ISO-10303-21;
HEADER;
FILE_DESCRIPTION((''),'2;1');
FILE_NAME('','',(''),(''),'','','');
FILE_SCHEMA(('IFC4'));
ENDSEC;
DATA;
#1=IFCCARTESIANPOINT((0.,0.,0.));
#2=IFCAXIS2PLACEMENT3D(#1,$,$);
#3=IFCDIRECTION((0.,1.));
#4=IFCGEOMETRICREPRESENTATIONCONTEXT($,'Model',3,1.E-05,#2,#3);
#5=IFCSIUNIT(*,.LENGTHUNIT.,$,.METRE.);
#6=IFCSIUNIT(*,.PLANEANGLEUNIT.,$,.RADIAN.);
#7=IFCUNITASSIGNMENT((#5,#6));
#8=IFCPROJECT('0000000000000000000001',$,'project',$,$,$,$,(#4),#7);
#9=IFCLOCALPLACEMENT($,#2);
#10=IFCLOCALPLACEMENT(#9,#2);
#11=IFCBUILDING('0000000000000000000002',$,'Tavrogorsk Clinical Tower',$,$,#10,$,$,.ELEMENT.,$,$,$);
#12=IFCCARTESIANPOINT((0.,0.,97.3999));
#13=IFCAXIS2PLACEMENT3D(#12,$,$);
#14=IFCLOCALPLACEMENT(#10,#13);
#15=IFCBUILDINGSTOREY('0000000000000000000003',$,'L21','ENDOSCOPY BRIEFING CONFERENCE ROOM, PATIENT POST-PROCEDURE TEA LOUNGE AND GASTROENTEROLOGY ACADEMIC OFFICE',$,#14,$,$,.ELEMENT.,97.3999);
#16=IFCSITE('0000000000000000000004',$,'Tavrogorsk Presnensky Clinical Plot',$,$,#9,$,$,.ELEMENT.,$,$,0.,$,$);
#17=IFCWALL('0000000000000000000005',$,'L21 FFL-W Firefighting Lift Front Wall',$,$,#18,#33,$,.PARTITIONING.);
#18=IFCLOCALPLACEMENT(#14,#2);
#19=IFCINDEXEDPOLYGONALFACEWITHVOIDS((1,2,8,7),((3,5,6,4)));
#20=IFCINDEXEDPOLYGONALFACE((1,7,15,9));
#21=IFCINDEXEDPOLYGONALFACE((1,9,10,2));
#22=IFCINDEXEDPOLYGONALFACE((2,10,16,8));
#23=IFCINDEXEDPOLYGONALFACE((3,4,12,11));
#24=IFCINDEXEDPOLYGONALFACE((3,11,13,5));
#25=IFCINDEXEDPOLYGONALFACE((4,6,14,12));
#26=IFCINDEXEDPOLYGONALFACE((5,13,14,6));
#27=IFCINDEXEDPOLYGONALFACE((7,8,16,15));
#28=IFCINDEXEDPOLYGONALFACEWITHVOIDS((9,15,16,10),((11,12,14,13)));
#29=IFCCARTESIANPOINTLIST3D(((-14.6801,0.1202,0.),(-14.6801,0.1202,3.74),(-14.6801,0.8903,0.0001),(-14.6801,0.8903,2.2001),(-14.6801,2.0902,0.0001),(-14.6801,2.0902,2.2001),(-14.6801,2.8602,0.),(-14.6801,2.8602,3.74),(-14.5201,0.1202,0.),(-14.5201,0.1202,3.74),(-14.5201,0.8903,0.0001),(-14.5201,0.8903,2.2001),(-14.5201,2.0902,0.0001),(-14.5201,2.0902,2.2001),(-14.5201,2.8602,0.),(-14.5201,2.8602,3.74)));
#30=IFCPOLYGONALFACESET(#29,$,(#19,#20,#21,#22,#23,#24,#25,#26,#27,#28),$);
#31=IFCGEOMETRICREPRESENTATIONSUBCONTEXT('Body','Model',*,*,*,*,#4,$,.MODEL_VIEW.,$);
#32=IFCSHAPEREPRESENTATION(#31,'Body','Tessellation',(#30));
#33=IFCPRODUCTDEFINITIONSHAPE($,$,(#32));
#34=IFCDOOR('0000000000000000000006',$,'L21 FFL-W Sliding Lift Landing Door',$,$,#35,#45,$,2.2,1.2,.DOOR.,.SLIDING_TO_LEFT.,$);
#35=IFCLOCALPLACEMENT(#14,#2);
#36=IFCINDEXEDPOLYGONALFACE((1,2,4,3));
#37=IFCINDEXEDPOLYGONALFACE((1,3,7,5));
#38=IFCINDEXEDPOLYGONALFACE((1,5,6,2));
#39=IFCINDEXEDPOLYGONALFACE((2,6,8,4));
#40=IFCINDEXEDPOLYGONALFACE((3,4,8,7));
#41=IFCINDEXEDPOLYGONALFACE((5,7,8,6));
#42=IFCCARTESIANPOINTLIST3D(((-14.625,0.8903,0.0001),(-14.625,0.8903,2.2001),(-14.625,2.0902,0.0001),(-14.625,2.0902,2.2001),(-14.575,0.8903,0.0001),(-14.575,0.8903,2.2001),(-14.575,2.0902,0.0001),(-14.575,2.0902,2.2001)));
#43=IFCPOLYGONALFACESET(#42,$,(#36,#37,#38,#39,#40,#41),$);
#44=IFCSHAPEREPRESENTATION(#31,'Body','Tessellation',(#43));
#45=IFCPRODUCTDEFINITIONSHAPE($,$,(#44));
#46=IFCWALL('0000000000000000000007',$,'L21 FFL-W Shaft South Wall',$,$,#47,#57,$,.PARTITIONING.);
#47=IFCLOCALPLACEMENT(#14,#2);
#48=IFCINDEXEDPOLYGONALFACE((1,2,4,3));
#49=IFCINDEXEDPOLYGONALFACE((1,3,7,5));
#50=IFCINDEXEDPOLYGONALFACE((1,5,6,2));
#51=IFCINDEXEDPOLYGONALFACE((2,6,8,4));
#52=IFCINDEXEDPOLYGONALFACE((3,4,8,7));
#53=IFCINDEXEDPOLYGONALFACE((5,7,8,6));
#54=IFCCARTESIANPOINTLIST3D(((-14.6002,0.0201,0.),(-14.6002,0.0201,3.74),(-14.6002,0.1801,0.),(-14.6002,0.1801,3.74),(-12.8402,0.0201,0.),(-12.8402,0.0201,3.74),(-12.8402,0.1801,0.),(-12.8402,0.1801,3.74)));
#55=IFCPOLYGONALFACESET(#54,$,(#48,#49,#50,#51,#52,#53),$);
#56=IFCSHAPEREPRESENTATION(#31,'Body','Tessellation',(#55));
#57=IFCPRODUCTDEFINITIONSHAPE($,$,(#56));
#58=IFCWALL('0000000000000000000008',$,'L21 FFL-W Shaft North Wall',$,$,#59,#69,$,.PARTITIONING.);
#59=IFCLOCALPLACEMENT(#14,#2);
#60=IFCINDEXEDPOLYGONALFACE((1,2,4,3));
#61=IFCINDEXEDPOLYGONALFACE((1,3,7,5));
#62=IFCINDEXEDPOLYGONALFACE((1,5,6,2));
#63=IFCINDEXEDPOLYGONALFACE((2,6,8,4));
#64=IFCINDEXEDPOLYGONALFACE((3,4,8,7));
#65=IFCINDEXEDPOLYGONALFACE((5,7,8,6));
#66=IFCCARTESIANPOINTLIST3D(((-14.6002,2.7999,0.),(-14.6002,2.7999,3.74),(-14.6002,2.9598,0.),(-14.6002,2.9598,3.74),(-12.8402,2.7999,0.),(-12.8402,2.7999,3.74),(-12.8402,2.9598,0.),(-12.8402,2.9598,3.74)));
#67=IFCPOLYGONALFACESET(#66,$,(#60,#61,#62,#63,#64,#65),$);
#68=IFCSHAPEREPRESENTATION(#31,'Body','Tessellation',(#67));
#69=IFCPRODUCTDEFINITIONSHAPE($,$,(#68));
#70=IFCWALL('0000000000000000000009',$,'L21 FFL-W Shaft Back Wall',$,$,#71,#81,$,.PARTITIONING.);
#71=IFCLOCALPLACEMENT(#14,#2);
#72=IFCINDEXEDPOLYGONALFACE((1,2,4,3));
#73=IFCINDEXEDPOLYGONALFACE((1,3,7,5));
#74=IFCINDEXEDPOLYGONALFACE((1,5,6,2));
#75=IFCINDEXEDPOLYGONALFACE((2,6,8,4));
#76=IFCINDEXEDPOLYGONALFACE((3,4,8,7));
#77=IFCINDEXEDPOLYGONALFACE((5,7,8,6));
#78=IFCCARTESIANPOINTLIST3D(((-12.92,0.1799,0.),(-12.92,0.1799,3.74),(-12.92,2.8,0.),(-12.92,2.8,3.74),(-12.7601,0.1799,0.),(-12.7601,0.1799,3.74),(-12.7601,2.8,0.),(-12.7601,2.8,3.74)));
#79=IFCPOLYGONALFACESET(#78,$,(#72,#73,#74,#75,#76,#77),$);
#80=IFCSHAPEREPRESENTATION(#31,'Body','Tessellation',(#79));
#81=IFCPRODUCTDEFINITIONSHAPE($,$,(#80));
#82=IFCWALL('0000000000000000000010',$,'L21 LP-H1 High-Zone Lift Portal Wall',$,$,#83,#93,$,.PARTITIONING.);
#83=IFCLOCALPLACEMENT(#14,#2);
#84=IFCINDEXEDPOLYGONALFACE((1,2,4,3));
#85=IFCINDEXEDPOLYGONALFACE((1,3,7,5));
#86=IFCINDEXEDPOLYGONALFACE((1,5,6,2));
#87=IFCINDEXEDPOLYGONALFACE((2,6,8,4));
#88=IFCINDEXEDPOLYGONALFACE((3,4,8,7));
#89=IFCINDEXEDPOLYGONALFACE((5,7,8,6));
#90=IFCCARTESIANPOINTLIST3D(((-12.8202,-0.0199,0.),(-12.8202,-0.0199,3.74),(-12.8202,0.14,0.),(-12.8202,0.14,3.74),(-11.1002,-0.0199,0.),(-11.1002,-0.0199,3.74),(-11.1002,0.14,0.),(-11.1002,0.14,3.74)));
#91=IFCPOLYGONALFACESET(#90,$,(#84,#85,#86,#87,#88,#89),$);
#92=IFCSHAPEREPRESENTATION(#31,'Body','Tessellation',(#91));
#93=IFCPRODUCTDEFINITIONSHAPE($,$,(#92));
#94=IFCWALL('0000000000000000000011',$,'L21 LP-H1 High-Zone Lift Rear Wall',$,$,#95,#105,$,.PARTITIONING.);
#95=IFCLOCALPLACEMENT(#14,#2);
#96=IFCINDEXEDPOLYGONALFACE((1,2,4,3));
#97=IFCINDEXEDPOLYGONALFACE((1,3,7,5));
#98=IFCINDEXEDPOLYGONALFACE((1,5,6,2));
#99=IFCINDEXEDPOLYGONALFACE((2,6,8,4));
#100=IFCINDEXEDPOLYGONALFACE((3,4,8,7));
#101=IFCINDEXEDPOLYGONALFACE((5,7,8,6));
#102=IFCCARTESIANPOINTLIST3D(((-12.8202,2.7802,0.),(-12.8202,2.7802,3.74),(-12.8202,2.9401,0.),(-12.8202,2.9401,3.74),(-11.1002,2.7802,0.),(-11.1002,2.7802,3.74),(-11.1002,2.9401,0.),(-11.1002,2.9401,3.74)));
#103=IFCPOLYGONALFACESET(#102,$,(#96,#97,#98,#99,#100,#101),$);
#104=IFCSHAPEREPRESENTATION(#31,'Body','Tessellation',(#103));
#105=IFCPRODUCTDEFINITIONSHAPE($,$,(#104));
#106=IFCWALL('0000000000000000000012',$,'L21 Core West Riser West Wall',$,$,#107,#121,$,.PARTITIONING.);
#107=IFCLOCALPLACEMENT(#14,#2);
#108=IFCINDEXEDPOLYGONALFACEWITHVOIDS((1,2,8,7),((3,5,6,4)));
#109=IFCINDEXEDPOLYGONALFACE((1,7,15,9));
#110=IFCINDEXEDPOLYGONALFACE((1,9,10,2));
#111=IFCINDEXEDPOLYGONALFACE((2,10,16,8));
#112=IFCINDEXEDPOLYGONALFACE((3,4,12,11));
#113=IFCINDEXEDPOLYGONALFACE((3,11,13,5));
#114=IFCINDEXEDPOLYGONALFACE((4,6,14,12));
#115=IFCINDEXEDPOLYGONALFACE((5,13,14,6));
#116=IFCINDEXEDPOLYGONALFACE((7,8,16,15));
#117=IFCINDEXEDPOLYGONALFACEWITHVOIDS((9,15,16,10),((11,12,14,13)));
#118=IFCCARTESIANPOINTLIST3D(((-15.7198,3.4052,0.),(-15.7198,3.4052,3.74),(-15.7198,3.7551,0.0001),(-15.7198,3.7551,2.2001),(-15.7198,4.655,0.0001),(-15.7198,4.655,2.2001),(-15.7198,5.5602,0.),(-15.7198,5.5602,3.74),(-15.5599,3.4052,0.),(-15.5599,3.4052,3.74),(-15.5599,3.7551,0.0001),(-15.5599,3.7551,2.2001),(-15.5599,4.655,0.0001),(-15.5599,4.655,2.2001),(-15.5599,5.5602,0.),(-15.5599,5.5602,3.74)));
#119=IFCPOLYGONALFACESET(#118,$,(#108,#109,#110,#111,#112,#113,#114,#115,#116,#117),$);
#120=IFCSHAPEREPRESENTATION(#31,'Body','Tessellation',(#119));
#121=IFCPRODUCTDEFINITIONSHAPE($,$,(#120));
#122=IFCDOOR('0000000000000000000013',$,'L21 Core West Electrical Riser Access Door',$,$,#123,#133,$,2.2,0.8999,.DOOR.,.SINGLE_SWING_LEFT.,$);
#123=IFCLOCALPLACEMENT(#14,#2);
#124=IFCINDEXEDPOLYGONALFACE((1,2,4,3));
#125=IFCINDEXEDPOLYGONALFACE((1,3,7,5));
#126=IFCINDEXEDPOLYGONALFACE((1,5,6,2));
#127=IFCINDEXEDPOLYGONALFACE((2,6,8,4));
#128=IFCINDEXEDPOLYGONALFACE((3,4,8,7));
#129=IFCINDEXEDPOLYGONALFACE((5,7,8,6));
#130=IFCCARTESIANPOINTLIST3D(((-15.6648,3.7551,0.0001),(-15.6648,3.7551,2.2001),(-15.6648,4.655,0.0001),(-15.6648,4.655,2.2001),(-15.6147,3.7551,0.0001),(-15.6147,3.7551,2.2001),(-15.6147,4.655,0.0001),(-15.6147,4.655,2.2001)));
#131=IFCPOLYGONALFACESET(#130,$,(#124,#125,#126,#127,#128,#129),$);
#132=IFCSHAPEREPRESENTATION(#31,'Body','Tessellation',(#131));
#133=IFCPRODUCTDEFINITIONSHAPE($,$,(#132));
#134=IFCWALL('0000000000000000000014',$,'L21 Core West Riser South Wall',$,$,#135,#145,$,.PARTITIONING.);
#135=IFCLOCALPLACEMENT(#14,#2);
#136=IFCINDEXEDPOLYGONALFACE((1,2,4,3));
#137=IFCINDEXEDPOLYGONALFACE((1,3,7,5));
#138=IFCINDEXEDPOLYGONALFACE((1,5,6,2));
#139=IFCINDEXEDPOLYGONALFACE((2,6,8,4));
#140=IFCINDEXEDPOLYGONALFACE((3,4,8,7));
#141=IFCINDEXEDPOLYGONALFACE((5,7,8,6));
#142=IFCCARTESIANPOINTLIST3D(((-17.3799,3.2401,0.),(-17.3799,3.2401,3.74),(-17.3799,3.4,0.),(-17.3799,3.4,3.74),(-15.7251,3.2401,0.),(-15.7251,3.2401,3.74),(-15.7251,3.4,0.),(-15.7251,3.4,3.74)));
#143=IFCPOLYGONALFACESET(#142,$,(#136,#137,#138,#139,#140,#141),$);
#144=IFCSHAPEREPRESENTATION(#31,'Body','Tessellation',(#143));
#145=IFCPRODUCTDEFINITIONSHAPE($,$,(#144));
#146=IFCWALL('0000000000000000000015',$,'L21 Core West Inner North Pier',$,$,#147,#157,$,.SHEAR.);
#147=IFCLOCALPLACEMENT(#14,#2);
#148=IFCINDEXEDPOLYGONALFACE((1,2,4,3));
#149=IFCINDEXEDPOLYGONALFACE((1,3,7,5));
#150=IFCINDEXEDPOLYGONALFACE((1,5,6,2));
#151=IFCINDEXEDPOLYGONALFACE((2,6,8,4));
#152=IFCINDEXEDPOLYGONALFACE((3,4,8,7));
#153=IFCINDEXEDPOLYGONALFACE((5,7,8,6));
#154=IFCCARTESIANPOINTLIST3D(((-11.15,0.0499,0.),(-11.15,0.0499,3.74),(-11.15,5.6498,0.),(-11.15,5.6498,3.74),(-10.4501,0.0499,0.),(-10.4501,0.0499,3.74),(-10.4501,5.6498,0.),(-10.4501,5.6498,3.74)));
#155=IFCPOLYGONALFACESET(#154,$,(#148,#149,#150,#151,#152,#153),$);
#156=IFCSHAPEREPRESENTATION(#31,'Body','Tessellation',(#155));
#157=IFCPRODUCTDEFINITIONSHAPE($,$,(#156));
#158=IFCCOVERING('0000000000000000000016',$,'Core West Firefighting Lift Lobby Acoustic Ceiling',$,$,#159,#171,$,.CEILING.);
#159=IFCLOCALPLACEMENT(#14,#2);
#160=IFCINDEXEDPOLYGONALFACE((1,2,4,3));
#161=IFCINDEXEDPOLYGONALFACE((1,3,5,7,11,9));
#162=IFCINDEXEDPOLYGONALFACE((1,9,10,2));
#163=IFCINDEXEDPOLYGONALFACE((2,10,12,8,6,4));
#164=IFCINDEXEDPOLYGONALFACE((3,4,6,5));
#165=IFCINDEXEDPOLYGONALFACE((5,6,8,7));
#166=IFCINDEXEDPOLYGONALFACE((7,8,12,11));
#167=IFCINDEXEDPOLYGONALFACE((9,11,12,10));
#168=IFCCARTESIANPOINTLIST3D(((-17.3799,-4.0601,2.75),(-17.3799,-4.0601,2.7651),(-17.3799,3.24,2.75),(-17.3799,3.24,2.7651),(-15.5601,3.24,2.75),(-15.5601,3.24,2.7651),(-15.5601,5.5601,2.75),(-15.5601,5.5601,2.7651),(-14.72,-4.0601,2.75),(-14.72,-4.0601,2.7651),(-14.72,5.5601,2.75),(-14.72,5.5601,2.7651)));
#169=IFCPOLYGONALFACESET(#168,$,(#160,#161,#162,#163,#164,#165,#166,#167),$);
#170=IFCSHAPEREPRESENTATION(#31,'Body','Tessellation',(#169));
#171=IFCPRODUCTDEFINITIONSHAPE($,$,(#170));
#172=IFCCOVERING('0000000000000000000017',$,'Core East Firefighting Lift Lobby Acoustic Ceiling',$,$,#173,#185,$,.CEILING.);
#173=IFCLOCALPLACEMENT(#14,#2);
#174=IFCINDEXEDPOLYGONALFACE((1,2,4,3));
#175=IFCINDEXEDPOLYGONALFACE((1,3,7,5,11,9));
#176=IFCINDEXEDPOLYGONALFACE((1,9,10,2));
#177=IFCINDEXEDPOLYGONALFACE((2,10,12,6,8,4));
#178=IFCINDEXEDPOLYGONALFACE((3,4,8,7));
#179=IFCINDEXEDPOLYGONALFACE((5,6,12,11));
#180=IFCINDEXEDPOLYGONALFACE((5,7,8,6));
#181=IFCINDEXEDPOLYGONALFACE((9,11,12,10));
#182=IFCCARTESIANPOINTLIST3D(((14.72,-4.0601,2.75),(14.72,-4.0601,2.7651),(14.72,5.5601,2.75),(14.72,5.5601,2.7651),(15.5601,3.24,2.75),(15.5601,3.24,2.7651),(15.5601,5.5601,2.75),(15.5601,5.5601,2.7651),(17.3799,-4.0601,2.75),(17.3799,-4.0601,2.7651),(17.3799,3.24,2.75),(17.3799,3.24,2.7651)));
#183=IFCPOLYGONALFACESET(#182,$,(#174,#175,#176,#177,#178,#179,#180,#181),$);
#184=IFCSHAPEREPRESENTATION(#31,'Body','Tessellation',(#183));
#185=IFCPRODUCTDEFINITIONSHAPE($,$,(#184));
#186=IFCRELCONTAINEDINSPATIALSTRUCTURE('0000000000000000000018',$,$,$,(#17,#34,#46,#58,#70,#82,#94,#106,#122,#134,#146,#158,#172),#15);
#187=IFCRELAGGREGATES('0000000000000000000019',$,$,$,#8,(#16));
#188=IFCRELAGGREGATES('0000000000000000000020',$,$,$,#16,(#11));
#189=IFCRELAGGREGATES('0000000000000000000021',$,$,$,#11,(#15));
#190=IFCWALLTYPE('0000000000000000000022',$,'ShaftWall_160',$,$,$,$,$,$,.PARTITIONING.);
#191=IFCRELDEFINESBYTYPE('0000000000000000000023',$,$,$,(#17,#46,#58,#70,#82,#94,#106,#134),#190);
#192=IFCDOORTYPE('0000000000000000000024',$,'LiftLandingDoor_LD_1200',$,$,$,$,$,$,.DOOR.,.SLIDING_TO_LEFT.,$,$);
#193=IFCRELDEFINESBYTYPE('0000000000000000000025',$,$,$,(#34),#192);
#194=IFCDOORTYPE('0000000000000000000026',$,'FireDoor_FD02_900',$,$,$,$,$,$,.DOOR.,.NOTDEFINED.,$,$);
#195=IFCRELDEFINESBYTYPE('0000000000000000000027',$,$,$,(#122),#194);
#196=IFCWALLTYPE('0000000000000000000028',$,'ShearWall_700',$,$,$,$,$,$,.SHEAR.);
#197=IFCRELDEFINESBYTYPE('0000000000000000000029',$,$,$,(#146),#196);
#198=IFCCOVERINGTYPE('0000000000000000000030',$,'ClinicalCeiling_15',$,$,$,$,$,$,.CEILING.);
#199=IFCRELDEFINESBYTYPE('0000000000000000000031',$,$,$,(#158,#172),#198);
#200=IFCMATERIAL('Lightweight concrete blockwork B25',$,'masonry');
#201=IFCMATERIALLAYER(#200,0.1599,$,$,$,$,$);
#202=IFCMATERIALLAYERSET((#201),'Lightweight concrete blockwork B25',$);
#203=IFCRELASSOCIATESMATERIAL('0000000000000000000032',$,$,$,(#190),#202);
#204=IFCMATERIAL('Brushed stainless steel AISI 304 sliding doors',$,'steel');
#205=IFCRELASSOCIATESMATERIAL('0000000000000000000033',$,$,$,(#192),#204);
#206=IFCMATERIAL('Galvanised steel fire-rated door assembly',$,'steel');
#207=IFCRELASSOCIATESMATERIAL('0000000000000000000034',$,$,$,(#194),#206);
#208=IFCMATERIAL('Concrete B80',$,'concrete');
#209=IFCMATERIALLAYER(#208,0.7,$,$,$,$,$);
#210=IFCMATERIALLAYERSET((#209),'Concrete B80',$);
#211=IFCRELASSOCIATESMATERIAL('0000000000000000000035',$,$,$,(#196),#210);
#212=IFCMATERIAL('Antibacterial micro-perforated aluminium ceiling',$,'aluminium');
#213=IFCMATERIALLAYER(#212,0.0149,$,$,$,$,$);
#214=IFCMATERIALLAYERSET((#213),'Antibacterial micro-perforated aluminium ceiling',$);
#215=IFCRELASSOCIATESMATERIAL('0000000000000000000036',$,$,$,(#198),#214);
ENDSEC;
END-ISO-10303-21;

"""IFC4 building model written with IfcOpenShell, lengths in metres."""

from ifc_helpers import new_model, si_unit, direction, frame, frame_2d, origin, place, context, subcontext, project, spatial, polyline, rectangle, outline, extrude, material, layer, layer_set, type_object, element, fill, save


model = new_model("IFC4")

# Units and contexts
model_context = context("Model", 3, precision=1e-05, world=origin(), true_north=direction((0.0, 1.0)))
body_context = subcontext(model_context, "Body", "Model", "MODEL_VIEW")
ifc_project = project(units=[si_unit("LENGTHUNIT", "METRE"), si_unit("PLANEANGLEUNIT", "RADIAN")], contexts=[model_context])

# Site, building, storey
site_placement = place(None, origin())
site = spatial("IfcSite", under=ifc_project, at=site_placement, Name="Tavrogorsk Presnensky Clinical Plot", CompositionType="ELEMENT", RefElevation=0.0)
building_placement = place(site_placement, origin())
building = spatial("IfcBuilding", under=site, at=building_placement, Name="Tavrogorsk Clinical Tower", CompositionType="ELEMENT")
storey_placement = place(building_placement, frame((0.0, 0.0, 97.3999)))
storey = spatial("IfcBuildingStorey", under=building, at=storey_placement, Name="L21", Description="ENDOSCOPY BRIEFING CONFERENCE ROOM, PATIENT POST-PROCEDURE TEA LOUNGE AND GASTROENTEROLOGY ACADEMIC OFFICE", CompositionType="ELEMENT", Elevation=97.3999)

# Wall, opening, door
ifc_material_1 = material(Name="Lightweight concrete blockwork B25", Category="masonry")
ifc_layer_1 = layer(ifc_material_1, 0.1599)
ifc_layer_set_1 = layer_set([ifc_layer_1], Name="Lightweight concrete blockwork B25")
wall_type_1 = type_object("IfcWallType", Name="ShaftWall_160", PredefinedType="PARTITIONING", material=ifc_layer_set_1)
wall_1_placement = place(storey_placement, frame((-14.6001, 0.1201, 0.0), z_axis=(0.0, 0.0, 1.0), x_axis=(0.0, 1.0, 0.0)))
wall_1 = element("IfcWall", 1, at=wall_1_placement, inside=storey, type_object=wall_type_1, Name="L21 FFL-W Firefighting Lift Front Wall", PredefinedType="PARTITIONING", context=body_context, shape_type="SweptSolid", body=[
    extrude(rectangle(XDim=2.74, YDim=0.1599, at=frame_2d((1.3701, 0.0))), origin(), (0.0, 0.0, 1.0), 3.74),
])
opening_1_placement = place(wall_1_placement, frame((0.77, 0.0, 0.0)))
opening_1 = element("IfcOpeningElement", 2, at=opening_1_placement, cuts=wall_1, PredefinedType="OPENING", context=body_context, shape_type="SweptSolid", body=[
    extrude(rectangle(XDim=1.2, YDim=2.2, at=frame_2d((0.6001, 1.1001))), frame((0.0, 0.0898, 0.0), z_axis=(0.0, -1.0, 0.0), x_axis=(1.0, 0.0, 0.0)), (0.0, 0.0, 1.0), 0.1799),
])
ifc_material_2 = material(Name="Brushed stainless steel AISI 304 sliding doors", Category="steel")
door_type_1 = type_object("IfcDoorType", Name="LiftLandingDoor_LD_1200", OperationType="SLIDING_TO_LEFT", PredefinedType="DOOR", material=ifc_material_2)
door_1_placement = place(opening_1_placement, origin())
door_1 = element("IfcDoor", 3, at=door_1_placement, inside=storey, type_object=door_type_1, Name="L21 FFL-W Sliding Lift Landing Door", OperationType="SLIDING_TO_LEFT", OverallHeight=2.2, OverallWidth=1.2, PredefinedType="DOOR", context=body_context, shape_type="SweptSolid", body=[
    extrude(rectangle(XDim=1.2, YDim=2.2, at=frame_2d((0.6001, 1.1001))), frame((0.0, 0.0249, 0.0), z_axis=(0.0, -1.0, 0.0), x_axis=(1.0, 0.0, 0.0)), (0.0, 0.0, 1.0), 0.05),
])
fill(opening_1, door_1)

# Walls
for number, where, z_axis, x_axis, name in (
    (4, (-14.6001, 0.1001, 0.0), (0.0, 0.0, 1.0), (1.0, 0.0, 0.0), "L21 FFL-W Shaft South Wall"),
    (5, (-14.6001, 2.8799, 0.0), (0.0, 0.0, 1.0), (1.0, 0.0, 0.0), "L21 FFL-W Shaft North Wall"),
):
    element("IfcWall", number, at=place(storey_placement, frame(where, z_axis=z_axis, x_axis=x_axis)), inside=storey, type_object=wall_type_1, Name=name, PredefinedType="PARTITIONING", context=body_context, shape_type="SweptSolid", body=[
        extrude(rectangle(XDim=1.76, YDim=0.1599, at=frame_2d((0.8799, 0.0))), origin(), (0.0, 0.0, 1.0), 3.74),
    ])
wall_2_placement = place(storey_placement, frame((-12.8401, 0.1799, 0.0), z_axis=(0.0, 0.0, 1.0), x_axis=(0.0, 1.0, 0.0)))
element("IfcWall", 6, at=wall_2_placement, inside=storey, type_object=wall_type_1, Name="L21 FFL-W Shaft Back Wall", PredefinedType="PARTITIONING", context=body_context, shape_type="SweptSolid", body=[
    extrude(rectangle(XDim=2.6201, YDim=0.1599, at=frame_2d((1.3101, 0.0))), origin(), (0.0, 0.0, 1.0), 3.74),
])
for number, where, z_axis, x_axis, name in (
    (7, (-12.8201, 0.0601, 0.0), (0.0, 0.0, 1.0), (1.0, 0.0, 0.0), "L21 LP-H1 High-Zone Lift Portal Wall"),
    (8, (-12.8201, 2.8601, 0.0), (0.0, 0.0, 1.0), (1.0, 0.0, 0.0), "L21 LP-H1 High-Zone Lift Rear Wall"),
):
    element("IfcWall", number, at=place(storey_placement, frame(where, z_axis=z_axis, x_axis=x_axis)), inside=storey, type_object=wall_type_1, Name=name, PredefinedType="PARTITIONING", context=body_context, shape_type="SweptSolid", body=[
        extrude(rectangle(XDim=1.72, YDim=0.1599, at=frame_2d((0.8599, 0.0))), origin(), (0.0, 0.0, 1.0), 3.74),
    ])

# Wall, opening, door
wall_3_placement = place(storey_placement, frame((-15.6399, 3.405, 0.0), z_axis=(0.0, 0.0, 1.0), x_axis=(0.0, 1.0, 0.0)))
wall_3 = element("IfcWall", 9, at=wall_3_placement, inside=storey, type_object=wall_type_1, Name="L21 Core West Riser West Wall", PredefinedType="PARTITIONING", context=body_context, shape_type="SweptSolid", body=[
    extrude(rectangle(XDim=2.155, YDim=0.1599, at=frame_2d((1.0776, 0.0))), origin(), (0.0, 0.0, 1.0), 3.74),
])
opening_2_placement = place(wall_3_placement, frame((0.3501, 0.0, 0.0)))
opening_2 = element("IfcOpeningElement", 10, at=opening_2_placement, cuts=wall_3, PredefinedType="OPENING", context=body_context, shape_type="SweptSolid", body=[
    extrude(rectangle(XDim=0.8999, YDim=2.2, at=frame_2d((0.45, 1.1001))), frame((0.0, 0.0898, 0.0), z_axis=(0.0, -1.0, 0.0), x_axis=(1.0, 0.0, 0.0)), (0.0, 0.0, 1.0), 0.1799),
])
ifc_material_3 = material(Name="Galvanised steel fire-rated door assembly", Category="steel")
door_type_2 = type_object("IfcDoorType", Name="FireDoor_FD02_900", OperationType="NOTDEFINED", PredefinedType="DOOR", material=ifc_material_3)
door_2_placement = place(opening_2_placement, origin())
door_2 = element("IfcDoor", 11, at=door_2_placement, inside=storey, type_object=door_type_2, Name="L21 Core West Electrical Riser Access Door", OperationType="SINGLE_SWING_LEFT", OverallHeight=2.2, OverallWidth=0.8999, PredefinedType="DOOR", context=body_context, shape_type="SweptSolid", body=[
    extrude(rectangle(XDim=0.8999, YDim=2.2, at=frame_2d((0.45, 1.1001))), frame((0.0, 0.0249, 0.0), z_axis=(0.0, -1.0, 0.0), x_axis=(1.0, 0.0, 0.0)), (0.0, 0.0, 1.0), 0.05),
])
fill(opening_2, door_2)

# Walls
wall_4_placement = place(storey_placement, frame((-17.3799, 3.3201, 0.0), z_axis=(0.0, 0.0, 1.0), x_axis=(1.0, 0.0, 0.0)))
element("IfcWall", 12, at=wall_4_placement, inside=storey, type_object=wall_type_1, Name="L21 Core West Riser South Wall", PredefinedType="PARTITIONING", context=body_context, shape_type="SweptSolid", body=[
    extrude(rectangle(XDim=1.6548, YDim=0.1599, at=frame_2d((0.8274, 0.0))), origin(), (0.0, 0.0, 1.0), 3.74),
])
ifc_material_4 = material(Name="Concrete B80", Category="concrete")
ifc_layer_2 = layer(ifc_material_4, 0.7)
ifc_layer_set_2 = layer_set([ifc_layer_2], Name="Concrete B80")
wall_type_2 = type_object("IfcWallType", Name="ShearWall_700", PredefinedType="SHEAR", material=ifc_layer_set_2)
wall_5_placement = place(storey_placement, frame((-10.8, 0.05, 0.0), z_axis=(0.0, 0.0, 1.0), x_axis=(0.0, 1.0, 0.0)))
element("IfcWall", 13, at=wall_5_placement, inside=storey, type_object=wall_type_2, Name="L21 Core West Inner North Pier", PredefinedType="SHEAR", context=body_context, shape_type="SweptSolid", body=[
    extrude(rectangle(XDim=5.5999, YDim=0.7, at=frame_2d((2.7998, 0.0))), origin(), (0.0, 0.0, 1.0), 3.74),
])

# Coverings
ifc_material_5 = material(Name="Antibacterial micro-perforated aluminium ceiling", Category="aluminium")
ifc_layer_3 = layer(ifc_material_5, 0.0149)
ifc_layer_set_3 = layer_set([ifc_layer_3], Name="Antibacterial micro-perforated aluminium ceiling")
covering_type_1 = type_object("IfcCoveringType", Name="ClinicalCeiling_15", PredefinedType="CEILING", material=ifc_layer_set_3)
covering_1_placement = place(storey_placement, frame((0.0, 0.0, 2.75)))
element("IfcCovering", 14, at=covering_1_placement, inside=storey, type_object=covering_type_1, Name="Core West Firefighting Lift Lobby Acoustic Ceiling", PredefinedType="CEILING", context=body_context, shape_type="SweptSolid", body=[
    extrude(outline(polyline([(-14.72, 5.5601), (-14.72, -4.0601), (-17.3799, -4.0601), (-17.3799, 3.24), (-15.5601, 3.24), (-15.5601, 5.5601), (-14.72, 5.5601)])), origin(), (0.0, 0.0, 1.0), 0.0151),
])
covering_2_placement = place(storey_placement, frame((0.0, 0.0, 2.75)))
element("IfcCovering", 15, at=covering_2_placement, inside=storey, type_object=covering_type_1, Name="Core East Firefighting Lift Lobby Acoustic Ceiling", PredefinedType="CEILING", context=body_context, shape_type="SweptSolid", body=[
    extrude(outline(polyline([(17.3799, -4.0601), (14.72, -4.0601), (14.72, 5.5601), (15.5601, 5.5601), (15.5601, 3.24), (17.3799, 3.24), (17.3799, -4.0601)])), origin(), (0.0, 0.0, 1.0), 0.0151),
])

save(model, "model.ifc")
